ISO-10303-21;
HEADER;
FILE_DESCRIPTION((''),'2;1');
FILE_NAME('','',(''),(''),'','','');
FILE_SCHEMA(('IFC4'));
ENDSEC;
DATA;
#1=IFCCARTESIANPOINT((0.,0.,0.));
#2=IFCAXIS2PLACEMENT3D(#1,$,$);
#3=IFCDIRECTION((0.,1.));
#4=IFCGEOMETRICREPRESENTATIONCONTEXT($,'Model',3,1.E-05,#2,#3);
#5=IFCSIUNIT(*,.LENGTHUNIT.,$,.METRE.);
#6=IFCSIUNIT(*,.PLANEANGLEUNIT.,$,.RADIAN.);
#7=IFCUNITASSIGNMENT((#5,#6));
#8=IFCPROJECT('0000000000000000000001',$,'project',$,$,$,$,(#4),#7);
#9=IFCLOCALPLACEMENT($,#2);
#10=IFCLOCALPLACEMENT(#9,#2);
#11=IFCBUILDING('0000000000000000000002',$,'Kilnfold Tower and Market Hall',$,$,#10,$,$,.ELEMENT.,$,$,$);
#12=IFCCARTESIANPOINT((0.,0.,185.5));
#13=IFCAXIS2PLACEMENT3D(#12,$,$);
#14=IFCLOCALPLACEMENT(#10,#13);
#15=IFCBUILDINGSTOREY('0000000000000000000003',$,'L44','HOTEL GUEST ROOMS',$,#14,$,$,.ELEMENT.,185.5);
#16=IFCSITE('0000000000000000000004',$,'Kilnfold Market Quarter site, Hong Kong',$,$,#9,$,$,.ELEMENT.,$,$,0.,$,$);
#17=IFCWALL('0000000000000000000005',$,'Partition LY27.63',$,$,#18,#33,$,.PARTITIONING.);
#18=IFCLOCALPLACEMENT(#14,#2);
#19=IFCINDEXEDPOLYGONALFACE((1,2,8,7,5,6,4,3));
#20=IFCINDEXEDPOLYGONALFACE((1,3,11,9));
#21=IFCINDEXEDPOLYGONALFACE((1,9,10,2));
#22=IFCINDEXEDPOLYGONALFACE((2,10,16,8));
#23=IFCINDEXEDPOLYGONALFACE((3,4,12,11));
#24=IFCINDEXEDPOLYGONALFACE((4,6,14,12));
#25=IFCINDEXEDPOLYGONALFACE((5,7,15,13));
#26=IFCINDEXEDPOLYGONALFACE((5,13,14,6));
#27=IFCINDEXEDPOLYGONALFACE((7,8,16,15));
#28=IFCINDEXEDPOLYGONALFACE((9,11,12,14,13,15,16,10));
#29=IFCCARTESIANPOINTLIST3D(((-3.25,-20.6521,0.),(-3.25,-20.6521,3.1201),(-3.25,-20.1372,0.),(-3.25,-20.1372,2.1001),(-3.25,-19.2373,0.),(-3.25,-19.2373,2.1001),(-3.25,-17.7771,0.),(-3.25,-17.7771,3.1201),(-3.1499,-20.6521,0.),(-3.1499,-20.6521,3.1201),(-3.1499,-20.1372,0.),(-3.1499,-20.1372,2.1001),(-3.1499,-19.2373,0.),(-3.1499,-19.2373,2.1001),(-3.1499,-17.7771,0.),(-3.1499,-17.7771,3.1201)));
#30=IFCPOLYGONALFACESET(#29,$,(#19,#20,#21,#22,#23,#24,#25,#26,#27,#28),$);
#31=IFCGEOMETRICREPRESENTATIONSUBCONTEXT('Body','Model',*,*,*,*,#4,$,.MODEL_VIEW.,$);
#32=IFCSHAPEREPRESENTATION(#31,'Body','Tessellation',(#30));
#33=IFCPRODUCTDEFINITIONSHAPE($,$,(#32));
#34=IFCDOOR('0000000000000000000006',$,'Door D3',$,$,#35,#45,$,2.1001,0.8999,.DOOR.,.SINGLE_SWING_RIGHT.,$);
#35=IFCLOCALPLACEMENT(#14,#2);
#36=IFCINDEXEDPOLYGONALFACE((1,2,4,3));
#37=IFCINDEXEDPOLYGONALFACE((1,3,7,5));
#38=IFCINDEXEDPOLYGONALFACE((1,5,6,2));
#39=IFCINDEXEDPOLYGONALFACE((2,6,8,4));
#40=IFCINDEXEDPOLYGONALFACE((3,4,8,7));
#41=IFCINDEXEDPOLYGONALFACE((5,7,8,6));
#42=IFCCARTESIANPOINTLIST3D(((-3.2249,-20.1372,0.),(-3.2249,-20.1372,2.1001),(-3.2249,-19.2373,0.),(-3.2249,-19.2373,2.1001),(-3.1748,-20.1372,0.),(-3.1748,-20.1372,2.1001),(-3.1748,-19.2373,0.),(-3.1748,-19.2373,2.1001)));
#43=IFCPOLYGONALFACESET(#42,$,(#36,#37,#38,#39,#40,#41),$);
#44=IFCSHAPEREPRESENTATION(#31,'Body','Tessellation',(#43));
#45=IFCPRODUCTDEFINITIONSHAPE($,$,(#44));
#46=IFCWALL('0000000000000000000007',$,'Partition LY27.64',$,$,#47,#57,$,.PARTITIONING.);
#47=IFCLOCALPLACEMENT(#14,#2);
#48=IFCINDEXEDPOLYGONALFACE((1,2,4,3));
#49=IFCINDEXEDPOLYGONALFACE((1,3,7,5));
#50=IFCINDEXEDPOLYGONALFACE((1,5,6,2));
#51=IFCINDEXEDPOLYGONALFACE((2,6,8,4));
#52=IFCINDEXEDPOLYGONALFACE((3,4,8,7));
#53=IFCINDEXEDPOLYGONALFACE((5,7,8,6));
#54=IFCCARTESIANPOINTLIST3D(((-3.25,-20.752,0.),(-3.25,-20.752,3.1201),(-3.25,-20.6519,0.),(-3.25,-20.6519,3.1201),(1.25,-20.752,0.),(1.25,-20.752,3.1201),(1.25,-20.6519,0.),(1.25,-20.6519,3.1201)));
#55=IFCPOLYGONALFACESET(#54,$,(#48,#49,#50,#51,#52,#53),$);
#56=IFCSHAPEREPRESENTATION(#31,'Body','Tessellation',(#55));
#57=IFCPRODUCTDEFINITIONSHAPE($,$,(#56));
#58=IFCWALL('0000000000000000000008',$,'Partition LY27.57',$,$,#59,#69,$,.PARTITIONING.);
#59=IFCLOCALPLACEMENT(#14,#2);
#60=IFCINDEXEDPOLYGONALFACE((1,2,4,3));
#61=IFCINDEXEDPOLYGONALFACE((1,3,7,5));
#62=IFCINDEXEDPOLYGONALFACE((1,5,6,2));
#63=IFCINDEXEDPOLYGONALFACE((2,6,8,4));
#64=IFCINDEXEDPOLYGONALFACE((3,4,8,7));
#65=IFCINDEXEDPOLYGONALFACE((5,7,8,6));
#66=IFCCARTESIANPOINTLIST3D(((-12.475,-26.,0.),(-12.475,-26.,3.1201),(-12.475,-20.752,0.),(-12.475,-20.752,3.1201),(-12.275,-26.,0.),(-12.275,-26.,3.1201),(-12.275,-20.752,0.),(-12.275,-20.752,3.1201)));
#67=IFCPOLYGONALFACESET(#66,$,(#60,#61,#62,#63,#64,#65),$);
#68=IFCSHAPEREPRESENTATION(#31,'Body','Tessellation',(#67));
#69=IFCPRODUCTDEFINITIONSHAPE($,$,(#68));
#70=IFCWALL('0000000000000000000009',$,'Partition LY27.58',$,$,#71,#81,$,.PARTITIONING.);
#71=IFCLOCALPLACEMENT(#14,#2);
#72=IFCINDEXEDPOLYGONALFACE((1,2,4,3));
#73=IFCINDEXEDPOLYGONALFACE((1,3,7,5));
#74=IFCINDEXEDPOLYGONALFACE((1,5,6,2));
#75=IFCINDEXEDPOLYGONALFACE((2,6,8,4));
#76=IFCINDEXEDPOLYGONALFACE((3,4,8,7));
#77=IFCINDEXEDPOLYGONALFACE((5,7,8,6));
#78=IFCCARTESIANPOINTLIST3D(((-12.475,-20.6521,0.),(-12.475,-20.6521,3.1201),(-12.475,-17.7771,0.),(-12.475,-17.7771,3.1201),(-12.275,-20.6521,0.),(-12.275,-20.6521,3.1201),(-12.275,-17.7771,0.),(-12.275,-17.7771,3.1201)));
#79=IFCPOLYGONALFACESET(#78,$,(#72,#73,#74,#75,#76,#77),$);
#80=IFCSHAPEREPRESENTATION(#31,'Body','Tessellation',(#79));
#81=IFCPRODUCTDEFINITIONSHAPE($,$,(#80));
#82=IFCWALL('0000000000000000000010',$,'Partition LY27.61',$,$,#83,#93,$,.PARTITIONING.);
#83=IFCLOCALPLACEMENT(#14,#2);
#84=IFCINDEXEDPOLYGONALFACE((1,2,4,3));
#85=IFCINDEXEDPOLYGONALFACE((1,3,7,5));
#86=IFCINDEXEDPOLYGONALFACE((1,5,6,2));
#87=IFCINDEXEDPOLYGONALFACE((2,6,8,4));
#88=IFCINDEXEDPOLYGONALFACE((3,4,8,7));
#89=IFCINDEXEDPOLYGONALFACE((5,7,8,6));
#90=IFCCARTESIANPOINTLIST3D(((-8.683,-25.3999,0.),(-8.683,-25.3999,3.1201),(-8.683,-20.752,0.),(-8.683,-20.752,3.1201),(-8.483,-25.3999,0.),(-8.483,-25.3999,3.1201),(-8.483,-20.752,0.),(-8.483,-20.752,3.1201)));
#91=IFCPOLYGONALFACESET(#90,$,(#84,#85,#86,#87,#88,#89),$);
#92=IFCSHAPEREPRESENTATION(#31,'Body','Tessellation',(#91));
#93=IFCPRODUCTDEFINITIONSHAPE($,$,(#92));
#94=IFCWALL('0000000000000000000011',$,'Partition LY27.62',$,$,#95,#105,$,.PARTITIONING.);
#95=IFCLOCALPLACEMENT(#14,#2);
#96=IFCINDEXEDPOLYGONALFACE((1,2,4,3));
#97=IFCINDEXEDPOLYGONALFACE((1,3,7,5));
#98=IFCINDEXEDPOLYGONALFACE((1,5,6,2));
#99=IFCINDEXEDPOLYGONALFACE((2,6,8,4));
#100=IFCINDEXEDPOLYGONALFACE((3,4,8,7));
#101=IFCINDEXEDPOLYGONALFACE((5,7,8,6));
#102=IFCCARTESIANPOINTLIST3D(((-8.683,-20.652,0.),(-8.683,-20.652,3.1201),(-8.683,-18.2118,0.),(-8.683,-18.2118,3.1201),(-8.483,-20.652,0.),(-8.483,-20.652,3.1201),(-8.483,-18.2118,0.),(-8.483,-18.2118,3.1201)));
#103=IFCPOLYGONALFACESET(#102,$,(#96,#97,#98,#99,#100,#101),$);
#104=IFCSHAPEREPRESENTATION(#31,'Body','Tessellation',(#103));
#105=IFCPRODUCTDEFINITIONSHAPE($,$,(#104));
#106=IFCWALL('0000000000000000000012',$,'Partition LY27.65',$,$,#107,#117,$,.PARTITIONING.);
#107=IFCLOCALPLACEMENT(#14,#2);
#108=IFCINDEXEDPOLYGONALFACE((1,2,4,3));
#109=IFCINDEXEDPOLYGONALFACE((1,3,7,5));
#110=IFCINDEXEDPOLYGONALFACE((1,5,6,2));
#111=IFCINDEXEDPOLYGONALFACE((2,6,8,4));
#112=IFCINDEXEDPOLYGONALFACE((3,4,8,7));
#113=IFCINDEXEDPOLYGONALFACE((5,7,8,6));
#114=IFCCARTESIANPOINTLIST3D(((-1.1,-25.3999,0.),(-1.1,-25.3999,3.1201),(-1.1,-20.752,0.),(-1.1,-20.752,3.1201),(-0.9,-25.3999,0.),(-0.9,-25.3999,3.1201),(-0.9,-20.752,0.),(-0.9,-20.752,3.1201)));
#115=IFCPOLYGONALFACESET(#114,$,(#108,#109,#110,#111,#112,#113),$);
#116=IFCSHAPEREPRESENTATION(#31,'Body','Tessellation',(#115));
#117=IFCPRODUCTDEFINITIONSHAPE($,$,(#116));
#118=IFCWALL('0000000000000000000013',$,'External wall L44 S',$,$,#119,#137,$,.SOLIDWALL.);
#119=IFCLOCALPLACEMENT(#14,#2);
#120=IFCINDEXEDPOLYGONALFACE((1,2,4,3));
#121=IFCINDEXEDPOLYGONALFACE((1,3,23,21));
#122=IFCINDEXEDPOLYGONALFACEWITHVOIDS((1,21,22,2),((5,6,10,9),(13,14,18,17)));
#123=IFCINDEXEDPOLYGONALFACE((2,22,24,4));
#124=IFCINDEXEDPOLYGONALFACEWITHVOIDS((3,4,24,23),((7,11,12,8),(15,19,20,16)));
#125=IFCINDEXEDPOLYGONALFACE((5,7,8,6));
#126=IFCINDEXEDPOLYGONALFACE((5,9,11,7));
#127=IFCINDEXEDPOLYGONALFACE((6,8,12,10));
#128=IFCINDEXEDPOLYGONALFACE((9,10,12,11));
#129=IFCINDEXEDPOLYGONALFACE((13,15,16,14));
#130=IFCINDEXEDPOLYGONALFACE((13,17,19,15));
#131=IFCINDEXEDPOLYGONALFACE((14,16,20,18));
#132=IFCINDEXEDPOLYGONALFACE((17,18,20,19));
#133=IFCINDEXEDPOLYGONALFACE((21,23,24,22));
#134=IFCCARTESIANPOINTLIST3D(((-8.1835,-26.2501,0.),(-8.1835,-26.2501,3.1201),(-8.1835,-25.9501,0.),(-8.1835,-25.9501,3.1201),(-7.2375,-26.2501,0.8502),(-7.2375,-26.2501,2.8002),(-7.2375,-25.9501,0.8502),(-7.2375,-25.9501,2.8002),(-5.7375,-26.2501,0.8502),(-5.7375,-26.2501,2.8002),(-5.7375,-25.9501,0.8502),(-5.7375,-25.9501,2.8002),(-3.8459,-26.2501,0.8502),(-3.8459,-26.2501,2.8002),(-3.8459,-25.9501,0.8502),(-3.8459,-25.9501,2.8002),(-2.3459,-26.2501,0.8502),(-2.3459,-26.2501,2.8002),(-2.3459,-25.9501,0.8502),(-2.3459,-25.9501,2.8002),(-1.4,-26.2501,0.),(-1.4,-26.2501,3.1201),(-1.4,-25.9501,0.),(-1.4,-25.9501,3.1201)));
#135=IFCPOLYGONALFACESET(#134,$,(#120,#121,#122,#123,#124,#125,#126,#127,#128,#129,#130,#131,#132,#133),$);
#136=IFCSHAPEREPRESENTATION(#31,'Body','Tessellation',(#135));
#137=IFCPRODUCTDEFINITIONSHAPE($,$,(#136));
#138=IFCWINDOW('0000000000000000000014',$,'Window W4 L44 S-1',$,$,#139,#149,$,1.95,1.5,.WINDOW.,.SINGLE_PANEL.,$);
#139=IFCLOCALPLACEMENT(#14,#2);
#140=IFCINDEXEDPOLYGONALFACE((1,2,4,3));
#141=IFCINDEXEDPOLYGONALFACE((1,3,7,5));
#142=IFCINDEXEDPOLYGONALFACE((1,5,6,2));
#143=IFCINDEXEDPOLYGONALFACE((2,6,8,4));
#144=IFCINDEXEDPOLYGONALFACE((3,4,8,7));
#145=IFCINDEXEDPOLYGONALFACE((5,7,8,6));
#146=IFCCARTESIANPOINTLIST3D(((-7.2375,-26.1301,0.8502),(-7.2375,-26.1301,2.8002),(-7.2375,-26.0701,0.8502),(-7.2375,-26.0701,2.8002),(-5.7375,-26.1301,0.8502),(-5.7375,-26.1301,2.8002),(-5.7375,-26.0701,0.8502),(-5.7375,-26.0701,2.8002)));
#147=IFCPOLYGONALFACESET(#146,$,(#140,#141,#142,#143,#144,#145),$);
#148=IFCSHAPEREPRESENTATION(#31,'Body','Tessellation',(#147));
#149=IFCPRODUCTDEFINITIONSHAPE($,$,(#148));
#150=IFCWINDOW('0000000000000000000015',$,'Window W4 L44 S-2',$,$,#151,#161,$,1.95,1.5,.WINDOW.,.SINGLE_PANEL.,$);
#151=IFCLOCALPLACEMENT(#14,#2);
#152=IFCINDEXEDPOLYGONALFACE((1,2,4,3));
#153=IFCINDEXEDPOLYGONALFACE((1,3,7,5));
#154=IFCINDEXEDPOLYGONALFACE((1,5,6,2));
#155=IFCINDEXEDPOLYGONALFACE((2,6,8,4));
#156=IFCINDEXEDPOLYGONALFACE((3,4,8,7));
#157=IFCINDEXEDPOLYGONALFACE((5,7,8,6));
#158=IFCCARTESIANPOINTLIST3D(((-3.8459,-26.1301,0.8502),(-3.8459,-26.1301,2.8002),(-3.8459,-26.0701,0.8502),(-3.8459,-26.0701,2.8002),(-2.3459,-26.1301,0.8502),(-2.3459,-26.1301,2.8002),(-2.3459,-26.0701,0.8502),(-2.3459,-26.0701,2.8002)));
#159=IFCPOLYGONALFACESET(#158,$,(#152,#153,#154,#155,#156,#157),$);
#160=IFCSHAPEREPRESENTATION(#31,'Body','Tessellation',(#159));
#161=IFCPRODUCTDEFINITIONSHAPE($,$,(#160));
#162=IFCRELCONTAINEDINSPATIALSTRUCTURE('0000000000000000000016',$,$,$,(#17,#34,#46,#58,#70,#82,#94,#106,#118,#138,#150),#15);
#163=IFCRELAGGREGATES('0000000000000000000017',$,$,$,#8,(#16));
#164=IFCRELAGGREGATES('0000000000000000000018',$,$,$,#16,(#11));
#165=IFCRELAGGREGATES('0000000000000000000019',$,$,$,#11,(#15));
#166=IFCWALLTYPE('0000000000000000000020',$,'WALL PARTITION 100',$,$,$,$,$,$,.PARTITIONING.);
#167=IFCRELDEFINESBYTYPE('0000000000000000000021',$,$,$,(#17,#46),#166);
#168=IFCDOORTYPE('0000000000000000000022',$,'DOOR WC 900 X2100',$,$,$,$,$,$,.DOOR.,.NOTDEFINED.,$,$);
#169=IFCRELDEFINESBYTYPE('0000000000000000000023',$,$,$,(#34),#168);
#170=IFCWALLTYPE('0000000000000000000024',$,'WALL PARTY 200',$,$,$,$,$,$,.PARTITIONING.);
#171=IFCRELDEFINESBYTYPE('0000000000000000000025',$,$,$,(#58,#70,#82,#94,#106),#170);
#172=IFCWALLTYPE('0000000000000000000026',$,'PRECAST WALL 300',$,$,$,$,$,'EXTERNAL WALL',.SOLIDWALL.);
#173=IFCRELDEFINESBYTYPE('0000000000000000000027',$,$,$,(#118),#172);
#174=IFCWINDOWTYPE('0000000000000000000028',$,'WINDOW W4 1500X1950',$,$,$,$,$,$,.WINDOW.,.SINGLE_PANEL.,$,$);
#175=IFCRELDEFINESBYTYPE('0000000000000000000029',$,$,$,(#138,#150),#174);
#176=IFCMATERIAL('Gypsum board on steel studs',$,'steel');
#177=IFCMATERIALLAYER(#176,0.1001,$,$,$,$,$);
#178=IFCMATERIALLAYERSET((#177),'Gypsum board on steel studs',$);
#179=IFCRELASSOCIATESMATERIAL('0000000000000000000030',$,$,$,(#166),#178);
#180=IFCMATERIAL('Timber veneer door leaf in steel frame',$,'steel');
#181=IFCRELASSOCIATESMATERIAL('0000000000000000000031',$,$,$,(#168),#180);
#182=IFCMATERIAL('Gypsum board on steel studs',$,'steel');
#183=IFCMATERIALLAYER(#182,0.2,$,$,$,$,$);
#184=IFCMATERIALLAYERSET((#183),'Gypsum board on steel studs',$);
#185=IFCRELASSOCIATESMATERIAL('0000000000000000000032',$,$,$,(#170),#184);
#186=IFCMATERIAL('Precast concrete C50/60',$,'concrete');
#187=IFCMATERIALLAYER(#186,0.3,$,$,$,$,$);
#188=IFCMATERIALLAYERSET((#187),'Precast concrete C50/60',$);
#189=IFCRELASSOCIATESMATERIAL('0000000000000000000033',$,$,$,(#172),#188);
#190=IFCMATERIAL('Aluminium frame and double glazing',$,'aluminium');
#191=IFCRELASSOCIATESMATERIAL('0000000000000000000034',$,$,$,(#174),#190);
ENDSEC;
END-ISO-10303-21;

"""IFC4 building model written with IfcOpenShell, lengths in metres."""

from ifc_helpers import new_model, si_unit, direction, frame, frame_2d, origin, place, context, subcontext, project, spatial, rectangle, extrude, source, transform, mapped, material, layer, layer_set, type_object, element, fill, save


model = new_model("IFC4")

# Units and contexts
model_context = context("Model", 3, precision=1e-05, world=origin(), true_north=direction((0.0, 1.0)))
body_context = subcontext(model_context, "Body", "Model", "MODEL_VIEW")
ifc_project = project(units=[si_unit("LENGTHUNIT", "METRE"), si_unit("PLANEANGLEUNIT", "RADIAN")], contexts=[model_context])

# Site, building, storey
site_placement = place(None, origin())
site = spatial("IfcSite", under=ifc_project, at=site_placement, Name="Kilnfold Market Quarter site, Hong Kong", CompositionType="ELEMENT", RefElevation=0.0)
building_placement = place(site_placement, origin())
building = spatial("IfcBuilding", under=site, at=building_placement, Name="Kilnfold Tower and Market Hall", CompositionType="ELEMENT")
storey_placement = place(building_placement, frame((0.0, 0.0, 185.5)))
storey = spatial("IfcBuildingStorey", under=building, at=storey_placement, Name="L44", Description="HOTEL GUEST ROOMS", CompositionType="ELEMENT", Elevation=185.5)

# Shared definitions
ifc_material_1 = material(Name="Gypsum board on steel studs", Category="steel")
ifc_layer_1 = layer(ifc_material_1, 0.1001)
ifc_layer_set_1 = layer_set([ifc_layer_1], Name="Gypsum board on steel studs")
wall_type_1 = type_object("IfcWallType", Name="WALL PARTITION 100", PredefinedType="PARTITIONING", material=ifc_layer_set_1)
ifc_material_2 = material(Name="Timber veneer door leaf in steel frame", Category="steel")
door_type = type_object("IfcDoorType", Name="DOOR WC 900 X2100", OperationType="NOTDEFINED", PredefinedType="DOOR", material=ifc_material_2)

# Wall, opening, door
wall_1_placement = place(storey_placement, frame((-3.2, -20.6521, 0.0), z_axis=(0.0, 0.0, 1.0), x_axis=(0.0, 1.0, 0.0)))
wall_1 = element("IfcWall", 1, at=wall_1_placement, inside=storey, type_object=wall_type_1, Name="Partition LY27.63", PredefinedType="PARTITIONING", context=body_context, shape_type="SweptSolid", body=[
    extrude(rectangle(XDim=2.875, YDim=0.1001, at=frame_2d((1.4375, 0.0))), origin(), (0.0, 0.0, 1.0), 3.1201),
])
opening_1_placement = place(wall_1_placement, frame((0.5149, 0.0, 0.0)))
opening_1 = element("IfcOpeningElement", 2, at=opening_1_placement, cuts=wall_1, PredefinedType="OPENING", context=body_context, shape_type="SweptSolid", body=[
    extrude(rectangle(XDim=0.8999, YDim=2.1001, at=frame_2d((0.45, 1.05))), frame((0.0, 0.0601, 0.0), z_axis=(0.0, -1.0, 0.0), x_axis=(1.0, 0.0, 0.0)), (0.0, 0.0, 1.0), 0.1201),
])
door_1_placement = place(opening_1_placement, origin())
door_1 = element("IfcDoor", 3, at=door_1_placement, inside=storey, type_object=door_type, Name="Door D3", OperationType="SINGLE_SWING_RIGHT", OverallHeight=2.1001, OverallWidth=0.8999, PredefinedType="DOOR", context=body_context, shape_type="SweptSolid", body=[
    extrude(rectangle(XDim=0.8999, YDim=2.1001, at=frame_2d((0.45, 1.05))), frame((0.0, 0.0249, 0.0), z_axis=(0.0, -1.0, 0.0), x_axis=(1.0, 0.0, 0.0)), (0.0, 0.0, 1.0), 0.05),
])
fill(opening_1, door_1)

# Walls
wall_2_placement = place(storey_placement, frame((-3.25, -20.7019, 0.0), z_axis=(0.0, 0.0, 1.0), x_axis=(1.0, 0.0, 0.0)))
element("IfcWall", 4, at=wall_2_placement, inside=storey, type_object=wall_type_1, Name="Partition LY27.64", PredefinedType="PARTITIONING", context=body_context, shape_type="SweptSolid", body=[
    extrude(rectangle(XDim=4.5, YDim=0.1001, at=frame_2d((2.25, 0.0))), origin(), (0.0, 0.0, 1.0), 3.1201),
])
ifc_material_3 = material(Name="Gypsum board on steel studs", Category="steel")
ifc_layer_2 = layer(ifc_material_3, 0.2)
ifc_layer_set_2 = layer_set([ifc_layer_2], Name="Gypsum board on steel studs")
wall_type_2 = type_object("IfcWallType", Name="WALL PARTY 200", PredefinedType="PARTITIONING", material=ifc_layer_set_2)
wall_3_placement = place(storey_placement, frame((-12.375, -26.0, 0.0), z_axis=(0.0, 0.0, 1.0), x_axis=(0.0, 1.0, 0.0)))
element("IfcWall", 5, at=wall_3_placement, inside=storey, type_object=wall_type_2, Name="Partition LY27.57", PredefinedType="PARTITIONING", context=body_context, shape_type="SweptSolid", body=[
    extrude(rectangle(XDim=5.248, YDim=0.2, at=frame_2d((2.624, 0.0))), origin(), (0.0, 0.0, 1.0), 3.1201),
])
wall_4_placement = place(storey_placement, frame((-12.375, -20.6521, 0.0), z_axis=(0.0, 0.0, 1.0), x_axis=(0.0, 1.0, 0.0)))
element("IfcWall", 6, at=wall_4_placement, inside=storey, type_object=wall_type_2, Name="Partition LY27.58", PredefinedType="PARTITIONING", context=body_context, shape_type="SweptSolid", body=[
    extrude(rectangle(XDim=2.875, YDim=0.2, at=frame_2d((1.4375, 0.0))), origin(), (0.0, 0.0, 1.0), 3.1201),
])
wall_5_placement = place(storey_placement, frame((-8.583, -25.3999, 0.0), z_axis=(0.0, 0.0, 1.0), x_axis=(0.0, 1.0, 0.0)))
element("IfcWall", 7, at=wall_5_placement, inside=storey, type_object=wall_type_2, Name="Partition LY27.61", PredefinedType="PARTITIONING", context=body_context, shape_type="SweptSolid", body=[
    extrude(rectangle(XDim=4.6479, YDim=0.2, at=frame_2d((2.324, 0.0))), origin(), (0.0, 0.0, 1.0), 3.1201),
])
wall_6_placement = place(storey_placement, frame((-8.583, -20.6521, 0.0), z_axis=(0.0, 0.0, 1.0), x_axis=(0.0, 1.0, 0.0)))
element("IfcWall", 8, at=wall_6_placement, inside=storey, type_object=wall_type_2, Name="Partition LY27.62", PredefinedType="PARTITIONING", context=body_context, shape_type="SweptSolid", body=[
    extrude(rectangle(XDim=2.4402, YDim=0.2, at=frame_2d((1.2202, 0.0))), origin(), (0.0, 0.0, 1.0), 3.1201),
])
wall_7_placement = place(storey_placement, frame((-1.0, -25.3999, 0.0), z_axis=(0.0, 0.0, 1.0), x_axis=(0.0, 1.0, 0.0)))
element("IfcWall", 9, at=wall_7_placement, inside=storey, type_object=wall_type_2, Name="Partition LY27.65", PredefinedType="PARTITIONING", context=body_context, shape_type="SweptSolid", body=[
    extrude(rectangle(XDim=4.6479, YDim=0.2, at=frame_2d((2.324, 0.0))), origin(), (0.0, 0.0, 1.0), 3.1201),
])

# Wall, openings, windows
ifc_material_4 = material(Name="Precast concrete C50/60", Category="concrete")
ifc_layer_3 = layer(ifc_material_4, 0.3)
ifc_layer_set_3 = layer_set([ifc_layer_3], Name="Precast concrete C50/60")
wall_type_3 = type_object("IfcWallType", Name="PRECAST WALL 300", ElementType="EXTERNAL WALL", PredefinedType="SOLIDWALL", material=ifc_layer_set_3)
shared_shape_1 = source(origin(), body_context, "Body", "SweptSolid", [
    extrude(rectangle(XDim=6.7834, YDim=0.3, at=frame_2d((3.3916, 0.0))), origin(), (0.0, 0.0, 1.0), 3.1201),
])
wall_8_placement = place(storey_placement, frame((-8.1833, -26.1001, 0.0), z_axis=(0.0, 0.0, 1.0), x_axis=(1.0, 0.0, 0.0)))
wall_8 = element("IfcWall", 10, at=wall_8_placement, inside=storey, type_object=wall_type_3, Name="External wall L44 S", PredefinedType="SOLIDWALL", context=body_context, shape_type="MappedRepresentation", body=[
    mapped(shared_shape_1, transform((0.0, 0.0, 0.0))),
])
opening_2_placement = place(wall_8_placement, frame((0.9458, 0.0, 0.8501)))
opening_2 = element("IfcOpeningElement", 11, at=opening_2_placement, cuts=wall_8, PredefinedType="OPENING", context=body_context, shape_type="SweptSolid", body=[
    extrude(rectangle(XDim=1.5, YDim=1.95, at=frame_2d((0.75, 0.9751))), frame((0.0, 0.1602, 0.0), z_axis=(0.0, -1.0, 0.0), x_axis=(1.0, 0.0, 0.0)), (0.0, 0.0, 1.0), 0.3201),
])
opening_3_placement = place(wall_8_placement, frame((4.3374, 0.0, 0.8501)))
opening_3 = element("IfcOpeningElement", 12, at=opening_3_placement, cuts=wall_8, PredefinedType="OPENING", context=body_context, shape_type="SweptSolid", body=[
    extrude(rectangle(XDim=1.5, YDim=1.95, at=frame_2d((0.75, 0.9751))), frame((0.0, 0.1602, 0.0), z_axis=(0.0, -1.0, 0.0), x_axis=(1.0, 0.0, 0.0)), (0.0, 0.0, 1.0), 0.3201),
])
ifc_material_5 = material(Name="Aluminium frame and double glazing", Category="aluminium")
window_type = type_object("IfcWindowType", Name="WINDOW W4 1500X1950", PartitioningType="SINGLE_PANEL", PredefinedType="WINDOW", material=ifc_material_5)
window_1_placement = place(opening_2_placement, origin())
window_1 = element("IfcWindow", 13, at=window_1_placement, inside=storey, type_object=window_type, Name="Window W4 L44 S-1", OverallHeight=1.95, OverallWidth=1.5, PartitioningType="SINGLE_PANEL", PredefinedType="WINDOW", context=body_context, shape_type="SweptSolid", body=[
    extrude(rectangle(XDim=1.5, YDim=1.95, at=frame_2d((0.75, 0.9751))), frame((0.0, 0.03, 0.0), z_axis=(0.0, -1.0, 0.0), x_axis=(1.0, 0.0, 0.0)), (0.0, 0.0, 1.0), 0.0601),
])
fill(opening_2, window_1)
window_2_placement = place(opening_3_placement, origin())
window_2 = element("IfcWindow", 14, at=window_2_placement, inside=storey, type_object=window_type, Name="Window W4 L44 S-2", OverallHeight=1.95, OverallWidth=1.5, PartitioningType="SINGLE_PANEL", PredefinedType="WINDOW", context=body_context, shape_type="SweptSolid", body=[
    extrude(rectangle(XDim=1.5, YDim=1.95, at=frame_2d((0.75, 0.9751))), frame((0.0, 0.03, 0.0), z_axis=(0.0, -1.0, 0.0), x_axis=(1.0, 0.0, 0.0)), (0.0, 0.0, 1.0), 0.0601),
])
fill(opening_3, window_2)

save(model, "model.ifc")
